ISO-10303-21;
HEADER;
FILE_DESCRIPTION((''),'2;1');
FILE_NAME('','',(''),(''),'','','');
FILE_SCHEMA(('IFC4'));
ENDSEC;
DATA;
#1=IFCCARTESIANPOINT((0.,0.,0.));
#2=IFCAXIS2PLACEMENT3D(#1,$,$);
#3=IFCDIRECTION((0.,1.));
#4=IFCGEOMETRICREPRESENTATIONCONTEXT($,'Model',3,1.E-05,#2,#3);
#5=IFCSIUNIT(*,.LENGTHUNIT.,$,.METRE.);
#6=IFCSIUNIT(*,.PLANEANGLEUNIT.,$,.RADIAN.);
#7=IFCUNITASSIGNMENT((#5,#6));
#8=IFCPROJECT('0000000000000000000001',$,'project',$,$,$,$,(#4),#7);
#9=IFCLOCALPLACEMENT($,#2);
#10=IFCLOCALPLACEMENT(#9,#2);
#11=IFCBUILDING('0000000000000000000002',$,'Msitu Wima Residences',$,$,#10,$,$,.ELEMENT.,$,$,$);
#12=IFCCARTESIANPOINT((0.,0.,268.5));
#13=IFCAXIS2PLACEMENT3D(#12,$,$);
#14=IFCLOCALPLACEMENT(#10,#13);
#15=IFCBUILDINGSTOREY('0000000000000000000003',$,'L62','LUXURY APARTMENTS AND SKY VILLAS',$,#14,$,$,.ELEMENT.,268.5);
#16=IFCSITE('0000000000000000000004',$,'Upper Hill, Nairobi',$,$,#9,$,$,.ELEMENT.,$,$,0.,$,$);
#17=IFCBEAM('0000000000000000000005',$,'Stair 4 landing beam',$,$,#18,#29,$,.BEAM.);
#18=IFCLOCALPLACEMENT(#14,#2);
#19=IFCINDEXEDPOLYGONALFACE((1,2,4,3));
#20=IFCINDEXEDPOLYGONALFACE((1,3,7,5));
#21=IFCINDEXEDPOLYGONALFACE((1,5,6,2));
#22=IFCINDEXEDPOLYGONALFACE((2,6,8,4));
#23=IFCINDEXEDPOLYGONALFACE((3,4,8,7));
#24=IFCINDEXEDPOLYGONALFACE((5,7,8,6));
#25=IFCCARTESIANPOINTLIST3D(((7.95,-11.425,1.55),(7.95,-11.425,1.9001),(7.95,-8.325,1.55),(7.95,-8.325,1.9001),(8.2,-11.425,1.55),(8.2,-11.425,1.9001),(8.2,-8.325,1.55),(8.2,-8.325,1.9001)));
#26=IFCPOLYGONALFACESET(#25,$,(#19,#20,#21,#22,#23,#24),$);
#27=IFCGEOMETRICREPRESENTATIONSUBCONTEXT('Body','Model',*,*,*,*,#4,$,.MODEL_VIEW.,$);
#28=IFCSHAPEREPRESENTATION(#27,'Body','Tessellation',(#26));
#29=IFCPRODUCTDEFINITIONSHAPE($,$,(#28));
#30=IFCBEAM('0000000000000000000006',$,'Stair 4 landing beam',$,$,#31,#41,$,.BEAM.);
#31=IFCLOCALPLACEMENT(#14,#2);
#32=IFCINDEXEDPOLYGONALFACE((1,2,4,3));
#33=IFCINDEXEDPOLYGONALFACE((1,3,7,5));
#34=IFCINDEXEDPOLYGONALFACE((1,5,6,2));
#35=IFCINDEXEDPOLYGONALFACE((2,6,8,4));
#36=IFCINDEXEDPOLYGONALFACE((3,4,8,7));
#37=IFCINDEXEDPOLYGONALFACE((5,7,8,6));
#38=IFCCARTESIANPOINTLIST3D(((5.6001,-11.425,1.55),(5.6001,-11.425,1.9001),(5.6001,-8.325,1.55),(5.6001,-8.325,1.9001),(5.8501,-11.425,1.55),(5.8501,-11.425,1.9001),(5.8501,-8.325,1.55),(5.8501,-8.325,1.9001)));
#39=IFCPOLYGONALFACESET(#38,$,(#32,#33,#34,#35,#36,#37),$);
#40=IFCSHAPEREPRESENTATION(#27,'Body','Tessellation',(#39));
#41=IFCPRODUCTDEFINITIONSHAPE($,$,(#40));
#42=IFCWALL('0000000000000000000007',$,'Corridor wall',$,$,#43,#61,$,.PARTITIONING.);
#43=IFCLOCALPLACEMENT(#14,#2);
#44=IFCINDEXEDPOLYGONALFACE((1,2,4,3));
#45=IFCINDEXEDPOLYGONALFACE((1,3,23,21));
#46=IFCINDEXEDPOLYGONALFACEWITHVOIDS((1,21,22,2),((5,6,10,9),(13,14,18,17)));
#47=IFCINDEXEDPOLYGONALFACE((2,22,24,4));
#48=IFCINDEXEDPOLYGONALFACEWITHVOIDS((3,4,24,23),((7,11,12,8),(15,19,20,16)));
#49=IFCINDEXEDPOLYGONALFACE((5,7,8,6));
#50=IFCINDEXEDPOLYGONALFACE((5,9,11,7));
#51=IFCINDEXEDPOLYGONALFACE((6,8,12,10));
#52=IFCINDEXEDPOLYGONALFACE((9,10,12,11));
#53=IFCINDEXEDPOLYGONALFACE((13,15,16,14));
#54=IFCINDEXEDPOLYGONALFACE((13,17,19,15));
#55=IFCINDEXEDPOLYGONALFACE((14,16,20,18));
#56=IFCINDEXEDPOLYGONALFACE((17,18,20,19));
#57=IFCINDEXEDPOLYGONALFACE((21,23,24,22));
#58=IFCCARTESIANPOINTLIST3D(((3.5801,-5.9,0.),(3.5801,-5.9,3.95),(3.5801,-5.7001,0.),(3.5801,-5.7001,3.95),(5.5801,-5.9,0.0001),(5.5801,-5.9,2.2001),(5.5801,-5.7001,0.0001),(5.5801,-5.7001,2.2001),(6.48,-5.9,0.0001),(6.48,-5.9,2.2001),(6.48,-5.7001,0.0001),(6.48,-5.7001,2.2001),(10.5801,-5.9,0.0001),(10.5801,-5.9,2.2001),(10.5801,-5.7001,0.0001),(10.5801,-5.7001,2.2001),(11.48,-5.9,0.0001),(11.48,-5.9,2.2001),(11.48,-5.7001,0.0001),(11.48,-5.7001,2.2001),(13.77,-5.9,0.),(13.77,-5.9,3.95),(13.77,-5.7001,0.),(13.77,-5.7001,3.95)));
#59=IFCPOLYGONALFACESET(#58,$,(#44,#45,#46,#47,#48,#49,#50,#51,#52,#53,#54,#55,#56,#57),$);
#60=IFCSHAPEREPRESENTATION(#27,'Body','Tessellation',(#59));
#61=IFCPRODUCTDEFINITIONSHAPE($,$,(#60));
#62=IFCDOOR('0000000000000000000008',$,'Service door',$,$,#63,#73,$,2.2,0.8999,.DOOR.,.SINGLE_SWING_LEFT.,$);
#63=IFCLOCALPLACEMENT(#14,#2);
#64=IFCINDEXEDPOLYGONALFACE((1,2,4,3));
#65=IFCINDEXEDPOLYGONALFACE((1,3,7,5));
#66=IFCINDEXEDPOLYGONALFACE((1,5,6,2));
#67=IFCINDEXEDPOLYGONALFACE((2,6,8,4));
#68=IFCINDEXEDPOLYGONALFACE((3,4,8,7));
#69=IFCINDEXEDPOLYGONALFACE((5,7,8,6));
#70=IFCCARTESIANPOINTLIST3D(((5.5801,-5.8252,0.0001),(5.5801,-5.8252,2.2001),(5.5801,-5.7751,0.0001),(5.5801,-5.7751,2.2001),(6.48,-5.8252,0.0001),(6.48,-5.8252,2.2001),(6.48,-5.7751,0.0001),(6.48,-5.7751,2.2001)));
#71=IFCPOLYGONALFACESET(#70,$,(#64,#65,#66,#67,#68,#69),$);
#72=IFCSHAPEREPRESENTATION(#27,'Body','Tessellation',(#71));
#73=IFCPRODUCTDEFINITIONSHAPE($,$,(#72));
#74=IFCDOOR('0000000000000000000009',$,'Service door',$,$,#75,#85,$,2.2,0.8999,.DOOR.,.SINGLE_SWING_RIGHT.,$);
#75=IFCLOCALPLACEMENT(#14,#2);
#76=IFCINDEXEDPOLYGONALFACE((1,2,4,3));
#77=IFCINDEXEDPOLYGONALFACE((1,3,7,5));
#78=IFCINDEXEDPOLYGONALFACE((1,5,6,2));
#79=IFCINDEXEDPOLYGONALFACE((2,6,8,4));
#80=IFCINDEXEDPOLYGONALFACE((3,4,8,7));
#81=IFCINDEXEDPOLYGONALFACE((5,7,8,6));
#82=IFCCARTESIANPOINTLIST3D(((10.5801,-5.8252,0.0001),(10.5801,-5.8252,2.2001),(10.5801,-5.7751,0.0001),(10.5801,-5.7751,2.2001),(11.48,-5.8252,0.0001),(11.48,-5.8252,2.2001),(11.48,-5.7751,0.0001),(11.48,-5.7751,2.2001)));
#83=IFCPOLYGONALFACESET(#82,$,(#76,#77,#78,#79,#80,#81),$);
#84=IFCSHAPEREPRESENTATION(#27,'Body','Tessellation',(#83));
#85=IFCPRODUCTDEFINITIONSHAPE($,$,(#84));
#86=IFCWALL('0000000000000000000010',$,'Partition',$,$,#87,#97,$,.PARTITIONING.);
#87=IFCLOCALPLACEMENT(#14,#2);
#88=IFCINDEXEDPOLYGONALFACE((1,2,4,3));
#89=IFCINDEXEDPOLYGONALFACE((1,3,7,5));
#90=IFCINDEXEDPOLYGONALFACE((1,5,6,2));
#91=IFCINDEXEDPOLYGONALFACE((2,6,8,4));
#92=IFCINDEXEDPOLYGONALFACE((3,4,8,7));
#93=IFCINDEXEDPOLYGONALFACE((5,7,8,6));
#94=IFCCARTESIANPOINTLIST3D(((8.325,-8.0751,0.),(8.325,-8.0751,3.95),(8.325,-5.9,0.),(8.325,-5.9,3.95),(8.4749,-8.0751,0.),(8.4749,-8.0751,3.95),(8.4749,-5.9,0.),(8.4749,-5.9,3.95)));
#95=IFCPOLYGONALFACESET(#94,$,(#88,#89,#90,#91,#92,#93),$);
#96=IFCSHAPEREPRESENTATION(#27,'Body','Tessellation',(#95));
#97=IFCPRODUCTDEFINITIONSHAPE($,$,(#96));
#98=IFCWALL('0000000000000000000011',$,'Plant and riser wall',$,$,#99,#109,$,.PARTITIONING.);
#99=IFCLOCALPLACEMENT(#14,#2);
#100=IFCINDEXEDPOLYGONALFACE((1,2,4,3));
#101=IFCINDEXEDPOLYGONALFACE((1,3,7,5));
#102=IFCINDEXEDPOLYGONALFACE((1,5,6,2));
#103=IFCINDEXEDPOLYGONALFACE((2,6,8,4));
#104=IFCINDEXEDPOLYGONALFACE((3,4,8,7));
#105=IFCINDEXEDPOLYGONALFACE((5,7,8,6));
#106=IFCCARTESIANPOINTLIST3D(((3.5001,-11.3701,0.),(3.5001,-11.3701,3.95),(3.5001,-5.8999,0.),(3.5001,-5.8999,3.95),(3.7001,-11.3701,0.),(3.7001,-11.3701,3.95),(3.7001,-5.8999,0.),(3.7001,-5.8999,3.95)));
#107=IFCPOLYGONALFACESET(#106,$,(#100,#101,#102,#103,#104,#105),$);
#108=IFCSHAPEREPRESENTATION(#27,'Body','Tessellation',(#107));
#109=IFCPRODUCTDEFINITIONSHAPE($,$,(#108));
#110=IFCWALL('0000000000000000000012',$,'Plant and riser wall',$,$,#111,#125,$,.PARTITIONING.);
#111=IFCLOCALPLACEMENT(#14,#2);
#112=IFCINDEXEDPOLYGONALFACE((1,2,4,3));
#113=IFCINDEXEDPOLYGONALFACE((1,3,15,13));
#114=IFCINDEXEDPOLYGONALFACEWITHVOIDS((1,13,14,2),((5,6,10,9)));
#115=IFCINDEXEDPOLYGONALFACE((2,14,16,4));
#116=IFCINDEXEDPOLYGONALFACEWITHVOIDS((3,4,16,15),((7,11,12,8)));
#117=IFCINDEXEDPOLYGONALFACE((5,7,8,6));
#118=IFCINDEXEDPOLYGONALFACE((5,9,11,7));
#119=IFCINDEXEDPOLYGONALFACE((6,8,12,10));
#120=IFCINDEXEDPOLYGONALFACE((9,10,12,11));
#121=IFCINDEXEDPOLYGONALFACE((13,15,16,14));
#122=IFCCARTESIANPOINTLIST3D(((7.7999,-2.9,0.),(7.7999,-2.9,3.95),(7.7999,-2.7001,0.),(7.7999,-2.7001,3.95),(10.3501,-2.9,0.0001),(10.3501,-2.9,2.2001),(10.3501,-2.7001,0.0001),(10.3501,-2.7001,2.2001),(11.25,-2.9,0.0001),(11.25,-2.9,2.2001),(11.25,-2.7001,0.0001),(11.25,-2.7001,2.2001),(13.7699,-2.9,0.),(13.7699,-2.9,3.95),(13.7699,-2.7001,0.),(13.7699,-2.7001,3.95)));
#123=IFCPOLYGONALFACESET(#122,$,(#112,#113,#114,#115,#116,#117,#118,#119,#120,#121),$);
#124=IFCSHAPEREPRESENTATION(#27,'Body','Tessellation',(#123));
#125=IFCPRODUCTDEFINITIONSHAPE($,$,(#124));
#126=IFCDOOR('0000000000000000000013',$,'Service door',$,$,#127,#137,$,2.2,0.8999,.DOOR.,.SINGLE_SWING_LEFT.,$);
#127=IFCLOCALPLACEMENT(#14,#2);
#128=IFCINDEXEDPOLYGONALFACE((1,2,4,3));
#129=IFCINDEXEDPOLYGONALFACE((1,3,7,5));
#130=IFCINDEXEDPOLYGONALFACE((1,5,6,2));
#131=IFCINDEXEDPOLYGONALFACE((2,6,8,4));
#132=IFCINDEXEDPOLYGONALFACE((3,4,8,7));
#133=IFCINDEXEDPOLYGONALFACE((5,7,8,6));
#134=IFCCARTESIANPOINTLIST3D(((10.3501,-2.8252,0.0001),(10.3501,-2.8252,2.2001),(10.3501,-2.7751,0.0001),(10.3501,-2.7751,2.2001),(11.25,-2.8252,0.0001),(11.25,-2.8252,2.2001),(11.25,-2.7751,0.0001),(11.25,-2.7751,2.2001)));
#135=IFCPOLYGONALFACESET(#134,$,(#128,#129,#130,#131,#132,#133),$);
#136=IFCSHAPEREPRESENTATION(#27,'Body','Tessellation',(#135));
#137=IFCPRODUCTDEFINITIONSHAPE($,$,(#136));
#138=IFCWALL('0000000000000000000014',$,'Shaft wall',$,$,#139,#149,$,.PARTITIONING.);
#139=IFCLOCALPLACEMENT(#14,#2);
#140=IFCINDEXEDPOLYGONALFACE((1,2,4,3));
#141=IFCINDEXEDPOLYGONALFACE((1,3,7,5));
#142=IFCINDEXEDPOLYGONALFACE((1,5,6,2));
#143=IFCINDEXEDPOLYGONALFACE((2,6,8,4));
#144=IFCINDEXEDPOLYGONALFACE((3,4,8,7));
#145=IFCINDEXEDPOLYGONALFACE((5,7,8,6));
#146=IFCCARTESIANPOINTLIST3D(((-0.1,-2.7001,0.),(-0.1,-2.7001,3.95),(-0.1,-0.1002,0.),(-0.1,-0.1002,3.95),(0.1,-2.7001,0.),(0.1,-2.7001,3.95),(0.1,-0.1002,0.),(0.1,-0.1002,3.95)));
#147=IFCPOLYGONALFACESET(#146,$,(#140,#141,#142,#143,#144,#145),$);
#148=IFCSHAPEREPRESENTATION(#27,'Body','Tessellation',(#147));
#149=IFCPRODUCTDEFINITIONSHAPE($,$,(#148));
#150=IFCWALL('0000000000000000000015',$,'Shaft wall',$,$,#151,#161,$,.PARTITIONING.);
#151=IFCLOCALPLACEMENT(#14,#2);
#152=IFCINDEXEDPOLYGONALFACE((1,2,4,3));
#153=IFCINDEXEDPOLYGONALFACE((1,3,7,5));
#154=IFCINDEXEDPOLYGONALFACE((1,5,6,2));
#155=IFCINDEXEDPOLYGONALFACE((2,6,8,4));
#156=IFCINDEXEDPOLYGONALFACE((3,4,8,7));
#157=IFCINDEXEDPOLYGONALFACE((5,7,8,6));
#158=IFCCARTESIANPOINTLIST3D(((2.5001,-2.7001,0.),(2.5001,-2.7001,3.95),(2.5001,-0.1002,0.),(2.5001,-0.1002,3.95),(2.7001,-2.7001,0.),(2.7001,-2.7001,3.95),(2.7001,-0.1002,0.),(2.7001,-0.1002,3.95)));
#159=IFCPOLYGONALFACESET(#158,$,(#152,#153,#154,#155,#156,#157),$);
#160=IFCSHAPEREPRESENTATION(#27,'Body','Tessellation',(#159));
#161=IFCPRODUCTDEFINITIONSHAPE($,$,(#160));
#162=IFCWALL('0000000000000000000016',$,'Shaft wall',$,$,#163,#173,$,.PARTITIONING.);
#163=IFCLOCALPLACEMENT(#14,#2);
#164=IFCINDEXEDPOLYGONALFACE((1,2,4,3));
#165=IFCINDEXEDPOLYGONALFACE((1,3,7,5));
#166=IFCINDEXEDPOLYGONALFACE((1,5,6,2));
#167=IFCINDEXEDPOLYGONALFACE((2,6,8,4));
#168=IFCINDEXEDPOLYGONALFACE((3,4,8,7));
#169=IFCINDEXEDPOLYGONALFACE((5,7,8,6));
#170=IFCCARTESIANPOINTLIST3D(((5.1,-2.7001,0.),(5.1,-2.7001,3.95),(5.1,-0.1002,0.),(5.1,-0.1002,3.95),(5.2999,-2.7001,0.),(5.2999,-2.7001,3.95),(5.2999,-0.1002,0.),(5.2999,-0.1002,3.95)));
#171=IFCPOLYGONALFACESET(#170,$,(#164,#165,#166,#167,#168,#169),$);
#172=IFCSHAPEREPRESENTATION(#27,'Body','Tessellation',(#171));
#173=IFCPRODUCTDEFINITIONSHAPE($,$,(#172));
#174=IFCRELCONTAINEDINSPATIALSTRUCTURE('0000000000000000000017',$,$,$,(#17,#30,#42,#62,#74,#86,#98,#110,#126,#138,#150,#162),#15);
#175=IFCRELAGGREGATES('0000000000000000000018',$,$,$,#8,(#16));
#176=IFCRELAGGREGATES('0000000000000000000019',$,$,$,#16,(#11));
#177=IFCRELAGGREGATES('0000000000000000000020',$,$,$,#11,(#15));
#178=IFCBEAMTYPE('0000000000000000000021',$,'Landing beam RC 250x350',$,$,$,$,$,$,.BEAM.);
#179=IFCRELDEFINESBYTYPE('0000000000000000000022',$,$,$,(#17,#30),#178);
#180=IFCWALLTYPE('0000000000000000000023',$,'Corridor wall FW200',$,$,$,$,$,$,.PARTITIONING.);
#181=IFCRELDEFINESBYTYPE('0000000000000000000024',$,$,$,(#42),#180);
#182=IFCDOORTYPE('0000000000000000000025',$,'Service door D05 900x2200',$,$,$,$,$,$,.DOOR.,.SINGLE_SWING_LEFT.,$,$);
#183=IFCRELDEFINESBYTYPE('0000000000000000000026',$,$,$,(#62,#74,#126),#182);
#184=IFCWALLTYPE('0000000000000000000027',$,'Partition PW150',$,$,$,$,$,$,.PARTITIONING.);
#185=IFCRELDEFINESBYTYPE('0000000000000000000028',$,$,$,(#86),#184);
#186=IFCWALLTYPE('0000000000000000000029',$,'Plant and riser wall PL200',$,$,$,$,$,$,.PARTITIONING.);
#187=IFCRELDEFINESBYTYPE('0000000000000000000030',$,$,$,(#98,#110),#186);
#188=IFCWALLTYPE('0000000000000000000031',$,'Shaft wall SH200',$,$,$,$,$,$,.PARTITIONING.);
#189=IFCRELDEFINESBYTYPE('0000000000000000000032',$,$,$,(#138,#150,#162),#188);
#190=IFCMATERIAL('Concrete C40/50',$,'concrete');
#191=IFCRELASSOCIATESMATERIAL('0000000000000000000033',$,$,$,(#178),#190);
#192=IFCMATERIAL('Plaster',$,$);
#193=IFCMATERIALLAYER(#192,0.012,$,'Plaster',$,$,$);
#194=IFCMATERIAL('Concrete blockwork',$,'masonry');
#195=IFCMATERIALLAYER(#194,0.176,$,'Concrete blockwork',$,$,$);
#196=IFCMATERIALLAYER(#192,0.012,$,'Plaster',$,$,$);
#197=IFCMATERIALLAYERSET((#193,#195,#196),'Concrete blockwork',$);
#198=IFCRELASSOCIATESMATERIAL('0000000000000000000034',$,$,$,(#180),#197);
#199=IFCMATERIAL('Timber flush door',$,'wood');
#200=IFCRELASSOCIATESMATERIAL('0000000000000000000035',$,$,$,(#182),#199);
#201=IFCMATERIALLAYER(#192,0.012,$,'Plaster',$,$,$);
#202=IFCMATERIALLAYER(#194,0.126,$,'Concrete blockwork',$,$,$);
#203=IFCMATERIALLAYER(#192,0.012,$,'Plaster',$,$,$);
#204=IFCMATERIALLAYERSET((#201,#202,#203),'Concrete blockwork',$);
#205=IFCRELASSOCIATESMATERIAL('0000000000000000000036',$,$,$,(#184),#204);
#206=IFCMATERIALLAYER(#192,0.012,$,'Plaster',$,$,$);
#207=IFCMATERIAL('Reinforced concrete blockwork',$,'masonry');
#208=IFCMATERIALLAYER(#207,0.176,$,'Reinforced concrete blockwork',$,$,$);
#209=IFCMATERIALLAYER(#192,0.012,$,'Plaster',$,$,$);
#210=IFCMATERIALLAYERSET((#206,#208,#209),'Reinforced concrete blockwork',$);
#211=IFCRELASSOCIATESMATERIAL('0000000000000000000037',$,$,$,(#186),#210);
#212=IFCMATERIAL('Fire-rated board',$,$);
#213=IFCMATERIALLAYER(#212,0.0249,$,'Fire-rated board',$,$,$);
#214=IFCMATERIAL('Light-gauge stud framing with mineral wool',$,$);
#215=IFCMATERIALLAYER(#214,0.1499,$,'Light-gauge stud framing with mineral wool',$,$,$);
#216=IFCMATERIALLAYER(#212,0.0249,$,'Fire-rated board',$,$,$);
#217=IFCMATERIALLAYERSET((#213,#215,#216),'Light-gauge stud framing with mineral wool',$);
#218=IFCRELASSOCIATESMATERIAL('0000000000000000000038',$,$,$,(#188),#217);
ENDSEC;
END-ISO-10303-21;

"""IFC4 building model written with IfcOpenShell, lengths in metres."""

from ifc_helpers import new_model, si_unit, direction, frame, frame_2d, origin, origin_2d, place, context, subcontext, project, spatial, rectangle, extrude, material, layer, layer_set, material_profile, profile_set, type_object, element, fill, save


model = new_model("IFC4")

# Units and contexts
model_context = context("Model", 3, precision=1e-05, world=origin(), true_north=direction((0.0, 1.0)))
body_context = subcontext(model_context, "Body", "Model", "MODEL_VIEW")
ifc_project = project(units=[si_unit("LENGTHUNIT", "METRE"), si_unit("PLANEANGLEUNIT", "RADIAN")], contexts=[model_context])

# Site, building, storey
site_placement = place(None, origin())
site = spatial("IfcSite", under=ifc_project, at=site_placement, Name="Upper Hill, Nairobi", CompositionType="ELEMENT", RefElevation=0.0)
building_placement = place(site_placement, origin())
building = spatial("IfcBuilding", under=site, at=building_placement, Name="Msitu Wima Residences", CompositionType="ELEMENT")
storey_placement = place(building_placement, frame((0.0, 0.0, 268.5)))
storey = spatial("IfcBuildingStorey", under=building, at=storey_placement, Name="L62", Description="LUXURY APARTMENTS AND SKY VILLAS", CompositionType="ELEMENT", Elevation=268.5)

# Beams
ifc_material_1 = material(Name="Concrete C40/50", Category="concrete")
ifc_material_profile = material_profile(ifc_material_1, rectangle(XDim=0.25, YDim=0.3501, at=origin_2d()), Name="RC 250x350")
ifc_profile_set = profile_set([ifc_material_profile], Name="Concrete C40/50")
beam_type = type_object("IfcBeamType", Name="Landing beam RC 250x350", PredefinedType="BEAM", material=ifc_profile_set)
for number, where, z_axis, x_axis, name in (
    (1, (8.075, -11.425, 1.7251), (0.0, 1.0, 0.0), (-1.0, 0.0, 0.0), "Stair 4 landing beam"),
    (2, (5.7251, -11.425, 1.7251), (0.0, 1.0, 0.0), (-1.0, 0.0, 0.0), "Stair 4 landing beam"),
):
    element("IfcBeam", number, at=place(storey_placement, frame(where, z_axis=z_axis, x_axis=x_axis)), inside=storey, type_object=beam_type, Name=name, PredefinedType="BEAM", context=body_context, shape_type="SweptSolid", body=[
        extrude(rectangle(XDim=0.25, YDim=0.3501, at=origin_2d()), origin(), (0.0, 0.0, 1.0), 3.1001),
    ])

# Wall, openings, doors
ifc_material_2 = material(Name="Plaster")
ifc_layer_1 = layer(ifc_material_2, 0.012, Name="Plaster")
ifc_material_3 = material(Name="Concrete blockwork", Category="masonry")
ifc_layer_2 = layer(ifc_material_3, 0.176, Name="Concrete blockwork")
ifc_layer_3 = layer(ifc_material_2, 0.012, Name="Plaster")
ifc_layer_set_1 = layer_set([ifc_layer_1, ifc_layer_2, ifc_layer_3], Name="Concrete blockwork")
wall_type_1 = type_object("IfcWallType", Name="Corridor wall FW200", PredefinedType="PARTITIONING", material=ifc_layer_set_1)
wall_1_placement = place(storey_placement, frame((3.5801, -5.8, 0.0), z_axis=(0.0, 0.0, 1.0), x_axis=(1.0, 0.0, 0.0)))
wall_1 = element("IfcWall", 3, at=wall_1_placement, inside=storey, type_object=wall_type_1, Name="Corridor wall", PredefinedType="PARTITIONING", context=body_context, shape_type="SweptSolid", body=[
    extrude(rectangle(XDim=10.1899, YDim=0.2, at=frame_2d((5.095, 0.0))), origin(), (0.0, 0.0, 1.0), 3.95),
])
opening_1_placement = place(wall_1_placement, frame((2.0, 0.0, 0.0)))
opening_1 = element("IfcOpeningElement", 4, at=opening_1_placement, cuts=wall_1, PredefinedType="OPENING", context=body_context, shape_type="SweptSolid", body=[
    extrude(rectangle(XDim=0.8999, YDim=2.2, at=frame_2d((0.45, 1.1001))), frame((0.0, 0.1099, 0.0), z_axis=(0.0, -1.0, 0.0), x_axis=(1.0, 0.0, 0.0)), (0.0, 0.0, 1.0), 0.22),
])
opening_2_placement = place(wall_1_placement, frame((7.0, 0.0, 0.0)))
opening_2 = element("IfcOpeningElement", 5, at=opening_2_placement, cuts=wall_1, PredefinedType="OPENING", context=body_context, shape_type="SweptSolid", body=[
    extrude(rectangle(XDim=0.8999, YDim=2.2, at=frame_2d((0.45, 1.1001))), frame((0.0, 0.1099, 0.0), z_axis=(0.0, -1.0, 0.0), x_axis=(1.0, 0.0, 0.0)), (0.0, 0.0, 1.0), 0.22),
])
ifc_material_4 = material(Name="Timber flush door", Category="wood")
door_type_1 = type_object("IfcDoorType", Name="Service door D05 900x2200", OperationType="SINGLE_SWING_LEFT", PredefinedType="DOOR", material=ifc_material_4)
door_1_placement = place(opening_1_placement, origin())
door_1 = element("IfcDoor", 6, at=door_1_placement, inside=storey, type_object=door_type_1, Name="Service door", OperationType="SINGLE_SWING_LEFT", OverallHeight=2.2, OverallWidth=0.8999, PredefinedType="DOOR", context=body_context, shape_type="SweptSolid", body=[
    extrude(rectangle(XDim=0.8999, YDim=2.2, at=frame_2d((0.45, 1.1001))), frame((0.0, 0.0249, 0.0), z_axis=(0.0, -1.0, 0.0), x_axis=(1.0, 0.0, 0.0)), (0.0, 0.0, 1.0), 0.05),
])
fill(opening_1, door_1)
door_2_placement = place(opening_2_placement, origin())
door_2 = element("IfcDoor", 7, at=door_2_placement, inside=storey, type_object=door_type_1, Name="Service door", OperationType="SINGLE_SWING_RIGHT", OverallHeight=2.2, OverallWidth=0.8999, PredefinedType="DOOR", context=body_context, shape_type="SweptSolid", body=[
    extrude(rectangle(XDim=0.8999, YDim=2.2, at=frame_2d((0.45, 1.1001))), frame((0.0, 0.0249, 0.0), z_axis=(0.0, -1.0, 0.0), x_axis=(1.0, 0.0, 0.0)), (0.0, 0.0, 1.0), 0.05),
])
fill(opening_2, door_2)

# Walls
ifc_layer_4 = layer(ifc_material_2, 0.012, Name="Plaster")
ifc_layer_5 = layer(ifc_material_3, 0.126, Name="Concrete blockwork")
ifc_layer_6 = layer(ifc_material_2, 0.012, Name="Plaster")
ifc_layer_set_2 = layer_set([ifc_layer_4, ifc_layer_5, ifc_layer_6], Name="Concrete blockwork")
wall_type_2 = type_object("IfcWallType", Name="Partition PW150", PredefinedType="PARTITIONING", material=ifc_layer_set_2)
wall_2_placement = place(storey_placement, frame((8.3999, -8.075, 0.0), z_axis=(0.0, 0.0, 1.0), x_axis=(0.0, 1.0, 0.0)))
element("IfcWall", 8, at=wall_2_placement, inside=storey, type_object=wall_type_2, Name="Partition", PredefinedType="PARTITIONING", context=body_context, shape_type="SweptSolid", body=[
    extrude(rectangle(XDim=2.175, YDim=0.1499, at=frame_2d((1.0874, 0.0))), origin(), (0.0, 0.0, 1.0), 3.95),
])
ifc_layer_7 = layer(ifc_material_2, 0.012, Name="Plaster")
ifc_material_5 = material(Name="Reinforced concrete blockwork", Category="masonry")
ifc_layer_8 = layer(ifc_material_5, 0.176, Name="Reinforced concrete blockwork")
ifc_layer_9 = layer(ifc_material_2, 0.012, Name="Plaster")
ifc_layer_set_3 = layer_set([ifc_layer_7, ifc_layer_8, ifc_layer_9], Name="Reinforced concrete blockwork")
wall_type_3 = type_object("IfcWallType", Name="Plant and riser wall PL200", PredefinedType="PARTITIONING", material=ifc_layer_set_3)
wall_3_placement = place(storey_placement, frame((3.6001, -11.3701, 0.0), z_axis=(0.0, 0.0, 1.0), x_axis=(0.0, 1.0, 0.0)))
element("IfcWall", 9, at=wall_3_placement, inside=storey, type_object=wall_type_3, Name="Plant and riser wall", PredefinedType="PARTITIONING", context=body_context, shape_type="SweptSolid", body=[
    extrude(rectangle(XDim=5.4702, YDim=0.2, at=frame_2d((2.7351, 0.0))), origin(), (0.0, 0.0, 1.0), 3.95),
])

# Wall, opening, door
wall_4_placement = place(storey_placement, frame((7.8, -2.8, 0.0), z_axis=(0.0, 0.0, 1.0), x_axis=(1.0, 0.0, 0.0)))
wall_4 = element("IfcWall", 10, at=wall_4_placement, inside=storey, type_object=wall_type_3, Name="Plant and riser wall", PredefinedType="PARTITIONING", context=body_context, shape_type="SweptSolid", body=[
    extrude(rectangle(XDim=5.97, YDim=0.2, at=frame_2d((2.9849, 0.0))), origin(), (0.0, 0.0, 1.0), 3.95),
])
opening_3_placement = place(wall_4_placement, frame((2.55, 0.0, 0.0)))
opening_3 = element("IfcOpeningElement", 11, at=opening_3_placement, cuts=wall_4, PredefinedType="OPENING", context=body_context, shape_type="SweptSolid", body=[
    extrude(rectangle(XDim=0.8999, YDim=2.2, at=frame_2d((0.45, 1.1001))), frame((0.0, 0.1099, 0.0), z_axis=(0.0, -1.0, 0.0), x_axis=(1.0, 0.0, 0.0)), (0.0, 0.0, 1.0), 0.22),
])
door_3_placement = place(opening_3_placement, origin())
door_3 = element("IfcDoor", 12, at=door_3_placement, inside=storey, type_object=door_type_1, Name="Service door", OperationType="SINGLE_SWING_LEFT", OverallHeight=2.2, OverallWidth=0.8999, PredefinedType="DOOR", context=body_context, shape_type="SweptSolid", body=[
    extrude(rectangle(XDim=0.8999, YDim=2.2, at=frame_2d((0.45, 1.1001))), frame((0.0, 0.0249, 0.0), z_axis=(0.0, -1.0, 0.0), x_axis=(1.0, 0.0, 0.0)), (0.0, 0.0, 1.0), 0.05),
])
fill(opening_3, door_3)

# Walls
ifc_material_6 = material(Name="Fire-rated board")
ifc_layer_10 = layer(ifc_material_6, 0.0249, Name="Fire-rated board")
ifc_material_7 = material(Name="Light-gauge stud framing with mineral wool")
ifc_layer_11 = layer(ifc_material_7, 0.1499, Name="Light-gauge stud framing with mineral wool")
ifc_layer_12 = layer(ifc_material_6, 0.0249, Name="Fire-rated board")
ifc_layer_set_4 = layer_set([ifc_layer_10, ifc_layer_11, ifc_layer_12], Name="Light-gauge stud framing with mineral wool")
wall_type_4 = type_object("IfcWallType", Name="Shaft wall SH200", PredefinedType="PARTITIONING", material=ifc_layer_set_4)
for number, where, z_axis, x_axis, name in (
    (13, (0.0, -2.7, 0.0), (0.0, 0.0, 1.0), (0.0, 1.0, 0.0), "Shaft wall"),
    (14, (2.6001, -2.7, 0.0), (0.0, 0.0, 1.0), (0.0, 1.0, 0.0), "Shaft wall"),
    (15, (5.2, -2.7, 0.0), (0.0, 0.0, 1.0), (0.0, 1.0, 0.0), "Shaft wall"),
):
    element("IfcWall", number, at=place(storey_placement, frame(where, z_axis=z_axis, x_axis=x_axis)), inside=storey, type_object=wall_type_4, Name=name, PredefinedType="PARTITIONING", context=body_context, shape_type="SweptSolid", body=[
        extrude(rectangle(XDim=2.5999, YDim=0.2, at=frame_2d((1.2998, 0.0))), origin(), (0.0, 0.0, 1.0), 3.95),
    ])

save(model, "model.ifc")
